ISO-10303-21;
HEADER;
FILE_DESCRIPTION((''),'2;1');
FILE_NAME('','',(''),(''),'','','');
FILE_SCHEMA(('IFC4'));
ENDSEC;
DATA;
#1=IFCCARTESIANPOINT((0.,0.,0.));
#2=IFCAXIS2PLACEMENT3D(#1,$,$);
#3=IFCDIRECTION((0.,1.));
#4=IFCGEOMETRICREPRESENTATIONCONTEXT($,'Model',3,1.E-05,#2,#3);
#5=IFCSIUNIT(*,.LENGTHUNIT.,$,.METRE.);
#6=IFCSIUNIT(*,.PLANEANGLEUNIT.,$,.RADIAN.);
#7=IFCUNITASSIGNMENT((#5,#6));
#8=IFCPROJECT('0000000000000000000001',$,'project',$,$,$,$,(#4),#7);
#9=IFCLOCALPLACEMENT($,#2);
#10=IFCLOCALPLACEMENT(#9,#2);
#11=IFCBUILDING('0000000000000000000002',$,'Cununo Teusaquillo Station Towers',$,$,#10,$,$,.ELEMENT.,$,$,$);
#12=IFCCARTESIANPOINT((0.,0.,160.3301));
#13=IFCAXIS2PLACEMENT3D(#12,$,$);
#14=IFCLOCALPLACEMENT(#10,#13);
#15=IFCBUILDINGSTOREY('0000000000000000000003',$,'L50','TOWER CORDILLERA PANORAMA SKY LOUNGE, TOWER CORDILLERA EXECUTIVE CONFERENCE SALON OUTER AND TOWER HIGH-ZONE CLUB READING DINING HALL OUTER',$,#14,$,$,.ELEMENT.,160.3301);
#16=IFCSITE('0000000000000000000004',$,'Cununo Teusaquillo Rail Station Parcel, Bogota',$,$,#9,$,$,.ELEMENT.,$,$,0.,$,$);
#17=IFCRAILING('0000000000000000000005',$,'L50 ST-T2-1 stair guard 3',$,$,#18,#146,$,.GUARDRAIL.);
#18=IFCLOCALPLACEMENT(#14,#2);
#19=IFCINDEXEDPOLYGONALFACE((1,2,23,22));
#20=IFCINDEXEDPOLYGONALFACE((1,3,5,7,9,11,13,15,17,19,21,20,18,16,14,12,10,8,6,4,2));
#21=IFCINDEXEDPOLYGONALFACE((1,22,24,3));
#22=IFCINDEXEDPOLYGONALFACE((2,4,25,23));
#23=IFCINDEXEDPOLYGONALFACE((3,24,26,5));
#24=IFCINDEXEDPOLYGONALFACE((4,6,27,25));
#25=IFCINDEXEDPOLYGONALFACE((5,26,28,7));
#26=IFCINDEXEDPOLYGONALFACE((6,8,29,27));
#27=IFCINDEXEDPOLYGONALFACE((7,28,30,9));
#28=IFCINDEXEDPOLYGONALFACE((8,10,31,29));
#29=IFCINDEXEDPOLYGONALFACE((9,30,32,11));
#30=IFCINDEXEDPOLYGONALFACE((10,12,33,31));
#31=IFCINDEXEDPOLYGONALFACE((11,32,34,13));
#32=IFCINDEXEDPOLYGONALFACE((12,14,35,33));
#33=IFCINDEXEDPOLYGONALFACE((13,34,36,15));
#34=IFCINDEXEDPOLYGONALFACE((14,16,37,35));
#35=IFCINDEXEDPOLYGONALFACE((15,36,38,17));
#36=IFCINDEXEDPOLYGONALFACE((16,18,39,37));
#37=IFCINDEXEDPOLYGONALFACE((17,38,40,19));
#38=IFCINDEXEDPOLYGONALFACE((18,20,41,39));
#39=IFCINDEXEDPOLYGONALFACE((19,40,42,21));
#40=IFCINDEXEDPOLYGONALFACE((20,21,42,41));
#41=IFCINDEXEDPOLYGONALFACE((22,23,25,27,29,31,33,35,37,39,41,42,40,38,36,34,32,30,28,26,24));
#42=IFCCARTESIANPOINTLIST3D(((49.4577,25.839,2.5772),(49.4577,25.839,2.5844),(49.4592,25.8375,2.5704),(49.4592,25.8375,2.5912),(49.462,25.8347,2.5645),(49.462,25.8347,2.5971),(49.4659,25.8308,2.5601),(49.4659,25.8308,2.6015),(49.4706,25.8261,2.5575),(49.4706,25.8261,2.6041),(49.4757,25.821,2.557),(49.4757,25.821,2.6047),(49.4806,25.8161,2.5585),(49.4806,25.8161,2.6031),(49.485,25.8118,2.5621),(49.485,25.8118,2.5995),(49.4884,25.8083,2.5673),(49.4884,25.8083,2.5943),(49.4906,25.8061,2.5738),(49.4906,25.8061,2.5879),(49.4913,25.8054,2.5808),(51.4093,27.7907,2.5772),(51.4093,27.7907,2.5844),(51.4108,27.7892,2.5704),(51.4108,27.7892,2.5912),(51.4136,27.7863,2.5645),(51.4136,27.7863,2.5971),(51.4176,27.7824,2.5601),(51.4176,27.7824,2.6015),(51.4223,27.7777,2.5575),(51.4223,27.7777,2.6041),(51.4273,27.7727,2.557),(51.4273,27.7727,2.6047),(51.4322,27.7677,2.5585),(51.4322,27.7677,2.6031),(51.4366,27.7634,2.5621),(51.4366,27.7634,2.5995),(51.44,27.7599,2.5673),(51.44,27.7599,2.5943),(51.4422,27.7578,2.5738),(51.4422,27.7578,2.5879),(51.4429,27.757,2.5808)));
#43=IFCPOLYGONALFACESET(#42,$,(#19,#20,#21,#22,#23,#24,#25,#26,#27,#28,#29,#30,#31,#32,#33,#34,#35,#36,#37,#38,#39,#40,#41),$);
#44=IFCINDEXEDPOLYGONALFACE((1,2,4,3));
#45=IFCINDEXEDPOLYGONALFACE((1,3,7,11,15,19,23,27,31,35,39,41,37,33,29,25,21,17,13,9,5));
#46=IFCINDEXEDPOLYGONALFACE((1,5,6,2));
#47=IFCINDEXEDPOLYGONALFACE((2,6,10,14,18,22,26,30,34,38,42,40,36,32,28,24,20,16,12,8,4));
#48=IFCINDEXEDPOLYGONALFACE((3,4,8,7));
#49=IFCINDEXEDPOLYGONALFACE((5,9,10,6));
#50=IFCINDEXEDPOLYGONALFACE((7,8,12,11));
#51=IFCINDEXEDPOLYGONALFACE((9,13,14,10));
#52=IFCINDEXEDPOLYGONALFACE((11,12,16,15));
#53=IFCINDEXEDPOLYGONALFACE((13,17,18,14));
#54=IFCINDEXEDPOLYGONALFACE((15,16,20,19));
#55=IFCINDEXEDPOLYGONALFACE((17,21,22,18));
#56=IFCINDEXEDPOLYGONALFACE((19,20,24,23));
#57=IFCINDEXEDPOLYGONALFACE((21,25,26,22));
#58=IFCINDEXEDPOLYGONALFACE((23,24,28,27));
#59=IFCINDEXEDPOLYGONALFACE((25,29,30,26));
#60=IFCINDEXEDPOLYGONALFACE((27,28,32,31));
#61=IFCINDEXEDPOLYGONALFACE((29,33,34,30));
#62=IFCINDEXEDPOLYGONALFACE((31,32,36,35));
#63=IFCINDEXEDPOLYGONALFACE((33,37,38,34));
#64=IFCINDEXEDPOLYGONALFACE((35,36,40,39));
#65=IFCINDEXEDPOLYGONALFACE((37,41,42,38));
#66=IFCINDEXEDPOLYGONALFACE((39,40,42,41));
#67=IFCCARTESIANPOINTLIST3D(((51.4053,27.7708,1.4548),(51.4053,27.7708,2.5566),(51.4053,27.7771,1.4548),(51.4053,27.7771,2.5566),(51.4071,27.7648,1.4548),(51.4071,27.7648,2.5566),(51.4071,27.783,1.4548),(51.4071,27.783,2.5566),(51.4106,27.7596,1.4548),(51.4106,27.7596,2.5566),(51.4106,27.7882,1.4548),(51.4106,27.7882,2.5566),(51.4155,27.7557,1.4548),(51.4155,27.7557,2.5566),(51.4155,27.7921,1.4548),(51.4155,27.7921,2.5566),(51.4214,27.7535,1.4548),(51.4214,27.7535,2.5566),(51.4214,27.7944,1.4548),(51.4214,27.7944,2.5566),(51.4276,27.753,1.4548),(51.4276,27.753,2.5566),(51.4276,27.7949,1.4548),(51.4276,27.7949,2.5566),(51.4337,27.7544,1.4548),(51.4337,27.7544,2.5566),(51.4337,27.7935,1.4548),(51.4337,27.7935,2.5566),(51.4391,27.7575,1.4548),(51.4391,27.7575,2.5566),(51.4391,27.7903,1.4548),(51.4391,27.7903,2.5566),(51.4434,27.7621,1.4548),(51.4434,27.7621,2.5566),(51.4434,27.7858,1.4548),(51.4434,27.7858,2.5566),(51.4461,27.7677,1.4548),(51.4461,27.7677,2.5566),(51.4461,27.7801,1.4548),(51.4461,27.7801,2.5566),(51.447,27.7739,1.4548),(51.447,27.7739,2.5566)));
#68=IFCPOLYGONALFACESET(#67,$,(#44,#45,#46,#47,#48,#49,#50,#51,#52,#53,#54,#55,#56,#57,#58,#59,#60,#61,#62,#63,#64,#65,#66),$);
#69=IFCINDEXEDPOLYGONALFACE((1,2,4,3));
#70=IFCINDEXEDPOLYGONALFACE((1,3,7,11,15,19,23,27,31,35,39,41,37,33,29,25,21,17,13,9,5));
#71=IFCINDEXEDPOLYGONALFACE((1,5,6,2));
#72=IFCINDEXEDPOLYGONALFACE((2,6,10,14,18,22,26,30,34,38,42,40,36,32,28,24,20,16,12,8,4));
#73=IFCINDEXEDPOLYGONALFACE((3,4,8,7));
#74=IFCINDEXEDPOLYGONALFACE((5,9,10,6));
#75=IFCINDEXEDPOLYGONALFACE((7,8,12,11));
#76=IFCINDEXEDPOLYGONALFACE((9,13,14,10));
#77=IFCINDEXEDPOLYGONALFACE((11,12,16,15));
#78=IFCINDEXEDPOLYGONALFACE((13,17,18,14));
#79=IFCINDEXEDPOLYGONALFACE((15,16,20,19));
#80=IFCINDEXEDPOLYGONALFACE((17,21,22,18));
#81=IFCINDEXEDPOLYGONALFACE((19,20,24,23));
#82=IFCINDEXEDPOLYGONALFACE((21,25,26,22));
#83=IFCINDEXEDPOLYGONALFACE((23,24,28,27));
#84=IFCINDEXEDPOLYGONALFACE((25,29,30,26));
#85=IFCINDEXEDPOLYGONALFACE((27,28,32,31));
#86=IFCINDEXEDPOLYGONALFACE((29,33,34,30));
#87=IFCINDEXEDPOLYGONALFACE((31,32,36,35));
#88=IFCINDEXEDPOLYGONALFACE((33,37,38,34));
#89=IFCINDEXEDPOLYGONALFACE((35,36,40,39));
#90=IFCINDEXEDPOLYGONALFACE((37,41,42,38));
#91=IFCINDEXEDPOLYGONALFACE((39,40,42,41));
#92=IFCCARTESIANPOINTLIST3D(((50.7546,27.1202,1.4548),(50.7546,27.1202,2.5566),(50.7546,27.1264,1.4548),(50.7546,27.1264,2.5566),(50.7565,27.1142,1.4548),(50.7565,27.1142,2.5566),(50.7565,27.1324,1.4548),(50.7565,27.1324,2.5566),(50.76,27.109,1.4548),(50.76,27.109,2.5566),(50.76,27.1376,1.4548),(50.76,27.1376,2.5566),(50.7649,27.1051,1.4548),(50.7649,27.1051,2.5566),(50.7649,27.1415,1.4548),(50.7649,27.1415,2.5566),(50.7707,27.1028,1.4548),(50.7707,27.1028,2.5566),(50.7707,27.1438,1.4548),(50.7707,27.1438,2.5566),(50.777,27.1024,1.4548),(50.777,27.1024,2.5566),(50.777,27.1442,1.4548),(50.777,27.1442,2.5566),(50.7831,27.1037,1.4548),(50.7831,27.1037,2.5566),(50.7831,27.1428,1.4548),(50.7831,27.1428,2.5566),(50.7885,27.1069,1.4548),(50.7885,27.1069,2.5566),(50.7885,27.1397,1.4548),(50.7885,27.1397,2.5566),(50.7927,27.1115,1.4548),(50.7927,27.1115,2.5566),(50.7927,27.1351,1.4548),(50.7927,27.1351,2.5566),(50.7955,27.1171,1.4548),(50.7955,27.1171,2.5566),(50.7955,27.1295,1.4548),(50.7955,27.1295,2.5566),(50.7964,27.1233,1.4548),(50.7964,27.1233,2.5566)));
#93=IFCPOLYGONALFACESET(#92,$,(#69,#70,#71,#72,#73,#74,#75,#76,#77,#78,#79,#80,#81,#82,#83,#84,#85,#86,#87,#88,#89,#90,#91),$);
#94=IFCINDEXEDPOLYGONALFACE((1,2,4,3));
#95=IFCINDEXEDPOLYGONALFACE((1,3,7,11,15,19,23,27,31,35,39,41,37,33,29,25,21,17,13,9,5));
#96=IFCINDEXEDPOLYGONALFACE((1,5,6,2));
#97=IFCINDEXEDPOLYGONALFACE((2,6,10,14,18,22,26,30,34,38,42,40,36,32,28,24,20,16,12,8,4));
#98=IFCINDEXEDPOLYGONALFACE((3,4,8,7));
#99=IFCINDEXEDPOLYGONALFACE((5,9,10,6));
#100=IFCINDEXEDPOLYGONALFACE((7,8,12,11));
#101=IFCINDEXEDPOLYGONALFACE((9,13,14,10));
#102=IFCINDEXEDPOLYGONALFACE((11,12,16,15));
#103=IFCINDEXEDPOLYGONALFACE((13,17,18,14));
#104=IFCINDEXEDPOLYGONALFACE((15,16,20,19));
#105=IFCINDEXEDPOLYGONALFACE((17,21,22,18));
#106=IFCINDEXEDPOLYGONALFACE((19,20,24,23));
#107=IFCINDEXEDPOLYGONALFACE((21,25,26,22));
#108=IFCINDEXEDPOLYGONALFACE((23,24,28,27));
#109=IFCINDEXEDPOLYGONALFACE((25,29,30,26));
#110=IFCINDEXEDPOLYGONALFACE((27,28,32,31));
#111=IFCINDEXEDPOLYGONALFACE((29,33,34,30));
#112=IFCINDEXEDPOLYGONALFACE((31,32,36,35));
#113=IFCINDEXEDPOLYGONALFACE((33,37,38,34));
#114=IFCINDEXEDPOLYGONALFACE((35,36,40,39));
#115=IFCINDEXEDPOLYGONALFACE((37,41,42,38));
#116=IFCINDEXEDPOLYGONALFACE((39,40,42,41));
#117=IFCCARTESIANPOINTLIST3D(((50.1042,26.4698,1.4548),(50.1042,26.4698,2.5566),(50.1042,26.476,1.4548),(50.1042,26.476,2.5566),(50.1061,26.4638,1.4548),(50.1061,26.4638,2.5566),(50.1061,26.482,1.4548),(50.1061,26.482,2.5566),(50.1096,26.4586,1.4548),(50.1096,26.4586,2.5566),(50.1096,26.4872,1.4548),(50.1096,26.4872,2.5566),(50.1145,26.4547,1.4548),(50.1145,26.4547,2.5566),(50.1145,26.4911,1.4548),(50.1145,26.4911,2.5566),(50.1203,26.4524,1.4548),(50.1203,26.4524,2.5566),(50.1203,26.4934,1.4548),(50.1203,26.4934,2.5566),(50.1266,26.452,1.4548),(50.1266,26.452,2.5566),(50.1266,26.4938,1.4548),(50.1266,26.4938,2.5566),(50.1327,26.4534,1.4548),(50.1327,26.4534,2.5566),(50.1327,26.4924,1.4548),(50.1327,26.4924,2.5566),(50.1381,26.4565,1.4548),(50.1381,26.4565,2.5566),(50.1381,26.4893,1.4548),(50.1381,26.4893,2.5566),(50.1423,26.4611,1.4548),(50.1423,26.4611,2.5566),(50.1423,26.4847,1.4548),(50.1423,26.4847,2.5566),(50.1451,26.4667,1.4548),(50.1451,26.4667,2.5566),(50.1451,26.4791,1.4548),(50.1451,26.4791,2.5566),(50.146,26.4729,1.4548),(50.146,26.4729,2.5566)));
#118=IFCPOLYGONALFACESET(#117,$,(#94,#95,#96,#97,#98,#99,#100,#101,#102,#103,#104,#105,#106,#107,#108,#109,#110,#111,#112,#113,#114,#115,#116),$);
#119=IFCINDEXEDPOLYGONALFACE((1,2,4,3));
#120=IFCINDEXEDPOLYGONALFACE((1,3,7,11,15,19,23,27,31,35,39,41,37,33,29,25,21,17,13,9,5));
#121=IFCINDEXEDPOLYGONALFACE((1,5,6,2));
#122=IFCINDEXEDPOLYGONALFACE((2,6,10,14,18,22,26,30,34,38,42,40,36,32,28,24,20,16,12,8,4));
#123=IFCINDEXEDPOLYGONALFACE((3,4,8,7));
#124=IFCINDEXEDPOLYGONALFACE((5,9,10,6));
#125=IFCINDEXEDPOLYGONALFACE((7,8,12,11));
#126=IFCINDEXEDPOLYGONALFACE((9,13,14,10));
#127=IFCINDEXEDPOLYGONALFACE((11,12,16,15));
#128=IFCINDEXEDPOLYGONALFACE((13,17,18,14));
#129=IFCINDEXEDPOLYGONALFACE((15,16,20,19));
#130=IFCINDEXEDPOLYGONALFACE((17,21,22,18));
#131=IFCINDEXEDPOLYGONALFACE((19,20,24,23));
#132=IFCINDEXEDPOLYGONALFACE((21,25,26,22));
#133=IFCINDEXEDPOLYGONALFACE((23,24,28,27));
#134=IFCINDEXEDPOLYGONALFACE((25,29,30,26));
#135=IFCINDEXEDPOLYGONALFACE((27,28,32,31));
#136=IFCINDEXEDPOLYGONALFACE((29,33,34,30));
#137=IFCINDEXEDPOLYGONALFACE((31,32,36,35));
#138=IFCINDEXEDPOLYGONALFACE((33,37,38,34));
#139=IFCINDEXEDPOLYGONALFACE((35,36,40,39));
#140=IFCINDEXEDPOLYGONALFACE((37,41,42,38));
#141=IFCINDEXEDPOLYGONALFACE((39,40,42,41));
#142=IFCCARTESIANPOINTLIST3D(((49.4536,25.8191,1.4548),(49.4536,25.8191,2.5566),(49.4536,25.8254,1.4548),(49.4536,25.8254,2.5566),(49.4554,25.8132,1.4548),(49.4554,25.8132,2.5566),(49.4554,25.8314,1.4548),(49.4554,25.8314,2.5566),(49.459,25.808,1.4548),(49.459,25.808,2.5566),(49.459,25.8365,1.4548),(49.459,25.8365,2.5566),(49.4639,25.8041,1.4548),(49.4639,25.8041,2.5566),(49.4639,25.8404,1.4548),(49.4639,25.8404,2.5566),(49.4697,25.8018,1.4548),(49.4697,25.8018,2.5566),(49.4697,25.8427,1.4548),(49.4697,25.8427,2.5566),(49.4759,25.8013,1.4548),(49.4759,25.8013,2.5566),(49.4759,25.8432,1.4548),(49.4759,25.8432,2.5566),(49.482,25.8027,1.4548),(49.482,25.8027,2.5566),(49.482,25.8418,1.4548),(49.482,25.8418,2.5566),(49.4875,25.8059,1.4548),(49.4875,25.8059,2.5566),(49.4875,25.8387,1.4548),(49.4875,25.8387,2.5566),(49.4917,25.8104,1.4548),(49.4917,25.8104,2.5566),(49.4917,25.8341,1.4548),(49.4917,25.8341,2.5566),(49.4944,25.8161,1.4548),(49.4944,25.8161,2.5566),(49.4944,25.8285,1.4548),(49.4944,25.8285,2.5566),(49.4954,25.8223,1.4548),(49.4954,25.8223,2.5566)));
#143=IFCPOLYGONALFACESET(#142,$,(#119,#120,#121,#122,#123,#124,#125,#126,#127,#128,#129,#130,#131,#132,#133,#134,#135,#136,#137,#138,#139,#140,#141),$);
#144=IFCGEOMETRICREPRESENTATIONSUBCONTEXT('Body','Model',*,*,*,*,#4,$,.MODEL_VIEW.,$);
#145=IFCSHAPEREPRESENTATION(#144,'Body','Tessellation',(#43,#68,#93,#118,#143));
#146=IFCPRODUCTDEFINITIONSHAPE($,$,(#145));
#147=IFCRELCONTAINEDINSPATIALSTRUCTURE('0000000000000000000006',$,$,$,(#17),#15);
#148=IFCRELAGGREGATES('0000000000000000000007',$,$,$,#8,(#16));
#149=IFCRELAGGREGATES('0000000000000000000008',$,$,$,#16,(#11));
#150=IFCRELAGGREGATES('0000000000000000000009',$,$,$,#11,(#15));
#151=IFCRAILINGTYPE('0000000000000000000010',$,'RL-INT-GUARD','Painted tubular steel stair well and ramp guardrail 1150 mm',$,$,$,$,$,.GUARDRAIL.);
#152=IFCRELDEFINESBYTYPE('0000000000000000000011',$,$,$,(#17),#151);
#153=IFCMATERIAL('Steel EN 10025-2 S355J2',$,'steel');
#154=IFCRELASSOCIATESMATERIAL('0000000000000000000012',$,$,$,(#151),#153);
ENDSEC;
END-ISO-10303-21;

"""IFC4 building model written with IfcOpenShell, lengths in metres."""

from ifc_helpers import new_model, si_unit, direction, frame, origin, origin_2d, place, context, subcontext, project, spatial, circle, extrude, material, type_object, element, save


model = new_model("IFC4")

# Units and contexts
model_context = context("Model", 3, precision=1e-05, world=origin(), true_north=direction((0.0, 1.0)))
body_context = subcontext(model_context, "Body", "Model", "MODEL_VIEW")
ifc_project = project(units=[si_unit("LENGTHUNIT", "METRE"), si_unit("PLANEANGLEUNIT", "RADIAN")], contexts=[model_context])

# Site, building, storey
site_placement = place(None, origin())
site = spatial("IfcSite", under=ifc_project, at=site_placement, Name="Cununo Teusaquillo Rail Station Parcel, Bogota", CompositionType="ELEMENT", RefElevation=0.0)
building_placement = place(site_placement, origin())
building = spatial("IfcBuilding", under=site, at=building_placement, Name="Cununo Teusaquillo Station Towers", CompositionType="ELEMENT")
storey_placement = place(building_placement, frame((0.0, 0.0, 160.3301)))
storey = spatial("IfcBuildingStorey", under=building, at=storey_placement, Name="L50", Description="TOWER CORDILLERA PANORAMA SKY LOUNGE, TOWER CORDILLERA EXECUTIVE CONFERENCE SALON OUTER AND TOWER HIGH-ZONE CLUB READING DINING HALL OUTER", CompositionType="ELEMENT", Elevation=160.3301)

# Railing
ifc_material_1 = material(Name="Steel EN 10025-2 S355J2", Category="steel")
railing_type = type_object("IfcRailingType", Name="RL-INT-GUARD", Description="Painted tubular steel stair well and ramp guardrail 1150 mm", PredefinedType="GUARDRAIL", material=ifc_material_1)
railing_1_placement = place(storey_placement, frame((51.426, 27.7739, 1.4548)))
element("IfcRailing", 1, at=railing_1_placement, inside=storey, type_object=railing_type, Name="L50 ST-T2-1 stair guard 3", PredefinedType="GUARDRAIL", context=body_context, shape_type="SweptSolid", body=[
    extrude(circle(Radius=0.0239, at=origin_2d()), frame((0.0, 0.0, 1.126), z_axis=(-0.707107, -0.707107, 0.0), x_axis=(0.707107, -0.707107, 0.0)), (0.0, 0.0, 1.0), 2.76),
    extrude(circle(Radius=0.021, at=origin_2d()), origin(), (0.0, 0.0, 1.0), 1.1018),
    extrude(circle(Radius=0.021, at=origin_2d()), frame((-0.6506, -0.6506, 0.0)), (0.0, 0.0, 1.0), 1.1018),
    extrude(circle(Radius=0.021, at=origin_2d()), frame((-1.301, -1.301, 0.0)), (0.0, 0.0, 1.0), 1.1018),
    extrude(circle(Radius=0.021, at=origin_2d()), frame((-1.9517, -1.9517, 0.0)), (0.0, 0.0, 1.0), 1.1018),
])

save(model, "model.ifc")
